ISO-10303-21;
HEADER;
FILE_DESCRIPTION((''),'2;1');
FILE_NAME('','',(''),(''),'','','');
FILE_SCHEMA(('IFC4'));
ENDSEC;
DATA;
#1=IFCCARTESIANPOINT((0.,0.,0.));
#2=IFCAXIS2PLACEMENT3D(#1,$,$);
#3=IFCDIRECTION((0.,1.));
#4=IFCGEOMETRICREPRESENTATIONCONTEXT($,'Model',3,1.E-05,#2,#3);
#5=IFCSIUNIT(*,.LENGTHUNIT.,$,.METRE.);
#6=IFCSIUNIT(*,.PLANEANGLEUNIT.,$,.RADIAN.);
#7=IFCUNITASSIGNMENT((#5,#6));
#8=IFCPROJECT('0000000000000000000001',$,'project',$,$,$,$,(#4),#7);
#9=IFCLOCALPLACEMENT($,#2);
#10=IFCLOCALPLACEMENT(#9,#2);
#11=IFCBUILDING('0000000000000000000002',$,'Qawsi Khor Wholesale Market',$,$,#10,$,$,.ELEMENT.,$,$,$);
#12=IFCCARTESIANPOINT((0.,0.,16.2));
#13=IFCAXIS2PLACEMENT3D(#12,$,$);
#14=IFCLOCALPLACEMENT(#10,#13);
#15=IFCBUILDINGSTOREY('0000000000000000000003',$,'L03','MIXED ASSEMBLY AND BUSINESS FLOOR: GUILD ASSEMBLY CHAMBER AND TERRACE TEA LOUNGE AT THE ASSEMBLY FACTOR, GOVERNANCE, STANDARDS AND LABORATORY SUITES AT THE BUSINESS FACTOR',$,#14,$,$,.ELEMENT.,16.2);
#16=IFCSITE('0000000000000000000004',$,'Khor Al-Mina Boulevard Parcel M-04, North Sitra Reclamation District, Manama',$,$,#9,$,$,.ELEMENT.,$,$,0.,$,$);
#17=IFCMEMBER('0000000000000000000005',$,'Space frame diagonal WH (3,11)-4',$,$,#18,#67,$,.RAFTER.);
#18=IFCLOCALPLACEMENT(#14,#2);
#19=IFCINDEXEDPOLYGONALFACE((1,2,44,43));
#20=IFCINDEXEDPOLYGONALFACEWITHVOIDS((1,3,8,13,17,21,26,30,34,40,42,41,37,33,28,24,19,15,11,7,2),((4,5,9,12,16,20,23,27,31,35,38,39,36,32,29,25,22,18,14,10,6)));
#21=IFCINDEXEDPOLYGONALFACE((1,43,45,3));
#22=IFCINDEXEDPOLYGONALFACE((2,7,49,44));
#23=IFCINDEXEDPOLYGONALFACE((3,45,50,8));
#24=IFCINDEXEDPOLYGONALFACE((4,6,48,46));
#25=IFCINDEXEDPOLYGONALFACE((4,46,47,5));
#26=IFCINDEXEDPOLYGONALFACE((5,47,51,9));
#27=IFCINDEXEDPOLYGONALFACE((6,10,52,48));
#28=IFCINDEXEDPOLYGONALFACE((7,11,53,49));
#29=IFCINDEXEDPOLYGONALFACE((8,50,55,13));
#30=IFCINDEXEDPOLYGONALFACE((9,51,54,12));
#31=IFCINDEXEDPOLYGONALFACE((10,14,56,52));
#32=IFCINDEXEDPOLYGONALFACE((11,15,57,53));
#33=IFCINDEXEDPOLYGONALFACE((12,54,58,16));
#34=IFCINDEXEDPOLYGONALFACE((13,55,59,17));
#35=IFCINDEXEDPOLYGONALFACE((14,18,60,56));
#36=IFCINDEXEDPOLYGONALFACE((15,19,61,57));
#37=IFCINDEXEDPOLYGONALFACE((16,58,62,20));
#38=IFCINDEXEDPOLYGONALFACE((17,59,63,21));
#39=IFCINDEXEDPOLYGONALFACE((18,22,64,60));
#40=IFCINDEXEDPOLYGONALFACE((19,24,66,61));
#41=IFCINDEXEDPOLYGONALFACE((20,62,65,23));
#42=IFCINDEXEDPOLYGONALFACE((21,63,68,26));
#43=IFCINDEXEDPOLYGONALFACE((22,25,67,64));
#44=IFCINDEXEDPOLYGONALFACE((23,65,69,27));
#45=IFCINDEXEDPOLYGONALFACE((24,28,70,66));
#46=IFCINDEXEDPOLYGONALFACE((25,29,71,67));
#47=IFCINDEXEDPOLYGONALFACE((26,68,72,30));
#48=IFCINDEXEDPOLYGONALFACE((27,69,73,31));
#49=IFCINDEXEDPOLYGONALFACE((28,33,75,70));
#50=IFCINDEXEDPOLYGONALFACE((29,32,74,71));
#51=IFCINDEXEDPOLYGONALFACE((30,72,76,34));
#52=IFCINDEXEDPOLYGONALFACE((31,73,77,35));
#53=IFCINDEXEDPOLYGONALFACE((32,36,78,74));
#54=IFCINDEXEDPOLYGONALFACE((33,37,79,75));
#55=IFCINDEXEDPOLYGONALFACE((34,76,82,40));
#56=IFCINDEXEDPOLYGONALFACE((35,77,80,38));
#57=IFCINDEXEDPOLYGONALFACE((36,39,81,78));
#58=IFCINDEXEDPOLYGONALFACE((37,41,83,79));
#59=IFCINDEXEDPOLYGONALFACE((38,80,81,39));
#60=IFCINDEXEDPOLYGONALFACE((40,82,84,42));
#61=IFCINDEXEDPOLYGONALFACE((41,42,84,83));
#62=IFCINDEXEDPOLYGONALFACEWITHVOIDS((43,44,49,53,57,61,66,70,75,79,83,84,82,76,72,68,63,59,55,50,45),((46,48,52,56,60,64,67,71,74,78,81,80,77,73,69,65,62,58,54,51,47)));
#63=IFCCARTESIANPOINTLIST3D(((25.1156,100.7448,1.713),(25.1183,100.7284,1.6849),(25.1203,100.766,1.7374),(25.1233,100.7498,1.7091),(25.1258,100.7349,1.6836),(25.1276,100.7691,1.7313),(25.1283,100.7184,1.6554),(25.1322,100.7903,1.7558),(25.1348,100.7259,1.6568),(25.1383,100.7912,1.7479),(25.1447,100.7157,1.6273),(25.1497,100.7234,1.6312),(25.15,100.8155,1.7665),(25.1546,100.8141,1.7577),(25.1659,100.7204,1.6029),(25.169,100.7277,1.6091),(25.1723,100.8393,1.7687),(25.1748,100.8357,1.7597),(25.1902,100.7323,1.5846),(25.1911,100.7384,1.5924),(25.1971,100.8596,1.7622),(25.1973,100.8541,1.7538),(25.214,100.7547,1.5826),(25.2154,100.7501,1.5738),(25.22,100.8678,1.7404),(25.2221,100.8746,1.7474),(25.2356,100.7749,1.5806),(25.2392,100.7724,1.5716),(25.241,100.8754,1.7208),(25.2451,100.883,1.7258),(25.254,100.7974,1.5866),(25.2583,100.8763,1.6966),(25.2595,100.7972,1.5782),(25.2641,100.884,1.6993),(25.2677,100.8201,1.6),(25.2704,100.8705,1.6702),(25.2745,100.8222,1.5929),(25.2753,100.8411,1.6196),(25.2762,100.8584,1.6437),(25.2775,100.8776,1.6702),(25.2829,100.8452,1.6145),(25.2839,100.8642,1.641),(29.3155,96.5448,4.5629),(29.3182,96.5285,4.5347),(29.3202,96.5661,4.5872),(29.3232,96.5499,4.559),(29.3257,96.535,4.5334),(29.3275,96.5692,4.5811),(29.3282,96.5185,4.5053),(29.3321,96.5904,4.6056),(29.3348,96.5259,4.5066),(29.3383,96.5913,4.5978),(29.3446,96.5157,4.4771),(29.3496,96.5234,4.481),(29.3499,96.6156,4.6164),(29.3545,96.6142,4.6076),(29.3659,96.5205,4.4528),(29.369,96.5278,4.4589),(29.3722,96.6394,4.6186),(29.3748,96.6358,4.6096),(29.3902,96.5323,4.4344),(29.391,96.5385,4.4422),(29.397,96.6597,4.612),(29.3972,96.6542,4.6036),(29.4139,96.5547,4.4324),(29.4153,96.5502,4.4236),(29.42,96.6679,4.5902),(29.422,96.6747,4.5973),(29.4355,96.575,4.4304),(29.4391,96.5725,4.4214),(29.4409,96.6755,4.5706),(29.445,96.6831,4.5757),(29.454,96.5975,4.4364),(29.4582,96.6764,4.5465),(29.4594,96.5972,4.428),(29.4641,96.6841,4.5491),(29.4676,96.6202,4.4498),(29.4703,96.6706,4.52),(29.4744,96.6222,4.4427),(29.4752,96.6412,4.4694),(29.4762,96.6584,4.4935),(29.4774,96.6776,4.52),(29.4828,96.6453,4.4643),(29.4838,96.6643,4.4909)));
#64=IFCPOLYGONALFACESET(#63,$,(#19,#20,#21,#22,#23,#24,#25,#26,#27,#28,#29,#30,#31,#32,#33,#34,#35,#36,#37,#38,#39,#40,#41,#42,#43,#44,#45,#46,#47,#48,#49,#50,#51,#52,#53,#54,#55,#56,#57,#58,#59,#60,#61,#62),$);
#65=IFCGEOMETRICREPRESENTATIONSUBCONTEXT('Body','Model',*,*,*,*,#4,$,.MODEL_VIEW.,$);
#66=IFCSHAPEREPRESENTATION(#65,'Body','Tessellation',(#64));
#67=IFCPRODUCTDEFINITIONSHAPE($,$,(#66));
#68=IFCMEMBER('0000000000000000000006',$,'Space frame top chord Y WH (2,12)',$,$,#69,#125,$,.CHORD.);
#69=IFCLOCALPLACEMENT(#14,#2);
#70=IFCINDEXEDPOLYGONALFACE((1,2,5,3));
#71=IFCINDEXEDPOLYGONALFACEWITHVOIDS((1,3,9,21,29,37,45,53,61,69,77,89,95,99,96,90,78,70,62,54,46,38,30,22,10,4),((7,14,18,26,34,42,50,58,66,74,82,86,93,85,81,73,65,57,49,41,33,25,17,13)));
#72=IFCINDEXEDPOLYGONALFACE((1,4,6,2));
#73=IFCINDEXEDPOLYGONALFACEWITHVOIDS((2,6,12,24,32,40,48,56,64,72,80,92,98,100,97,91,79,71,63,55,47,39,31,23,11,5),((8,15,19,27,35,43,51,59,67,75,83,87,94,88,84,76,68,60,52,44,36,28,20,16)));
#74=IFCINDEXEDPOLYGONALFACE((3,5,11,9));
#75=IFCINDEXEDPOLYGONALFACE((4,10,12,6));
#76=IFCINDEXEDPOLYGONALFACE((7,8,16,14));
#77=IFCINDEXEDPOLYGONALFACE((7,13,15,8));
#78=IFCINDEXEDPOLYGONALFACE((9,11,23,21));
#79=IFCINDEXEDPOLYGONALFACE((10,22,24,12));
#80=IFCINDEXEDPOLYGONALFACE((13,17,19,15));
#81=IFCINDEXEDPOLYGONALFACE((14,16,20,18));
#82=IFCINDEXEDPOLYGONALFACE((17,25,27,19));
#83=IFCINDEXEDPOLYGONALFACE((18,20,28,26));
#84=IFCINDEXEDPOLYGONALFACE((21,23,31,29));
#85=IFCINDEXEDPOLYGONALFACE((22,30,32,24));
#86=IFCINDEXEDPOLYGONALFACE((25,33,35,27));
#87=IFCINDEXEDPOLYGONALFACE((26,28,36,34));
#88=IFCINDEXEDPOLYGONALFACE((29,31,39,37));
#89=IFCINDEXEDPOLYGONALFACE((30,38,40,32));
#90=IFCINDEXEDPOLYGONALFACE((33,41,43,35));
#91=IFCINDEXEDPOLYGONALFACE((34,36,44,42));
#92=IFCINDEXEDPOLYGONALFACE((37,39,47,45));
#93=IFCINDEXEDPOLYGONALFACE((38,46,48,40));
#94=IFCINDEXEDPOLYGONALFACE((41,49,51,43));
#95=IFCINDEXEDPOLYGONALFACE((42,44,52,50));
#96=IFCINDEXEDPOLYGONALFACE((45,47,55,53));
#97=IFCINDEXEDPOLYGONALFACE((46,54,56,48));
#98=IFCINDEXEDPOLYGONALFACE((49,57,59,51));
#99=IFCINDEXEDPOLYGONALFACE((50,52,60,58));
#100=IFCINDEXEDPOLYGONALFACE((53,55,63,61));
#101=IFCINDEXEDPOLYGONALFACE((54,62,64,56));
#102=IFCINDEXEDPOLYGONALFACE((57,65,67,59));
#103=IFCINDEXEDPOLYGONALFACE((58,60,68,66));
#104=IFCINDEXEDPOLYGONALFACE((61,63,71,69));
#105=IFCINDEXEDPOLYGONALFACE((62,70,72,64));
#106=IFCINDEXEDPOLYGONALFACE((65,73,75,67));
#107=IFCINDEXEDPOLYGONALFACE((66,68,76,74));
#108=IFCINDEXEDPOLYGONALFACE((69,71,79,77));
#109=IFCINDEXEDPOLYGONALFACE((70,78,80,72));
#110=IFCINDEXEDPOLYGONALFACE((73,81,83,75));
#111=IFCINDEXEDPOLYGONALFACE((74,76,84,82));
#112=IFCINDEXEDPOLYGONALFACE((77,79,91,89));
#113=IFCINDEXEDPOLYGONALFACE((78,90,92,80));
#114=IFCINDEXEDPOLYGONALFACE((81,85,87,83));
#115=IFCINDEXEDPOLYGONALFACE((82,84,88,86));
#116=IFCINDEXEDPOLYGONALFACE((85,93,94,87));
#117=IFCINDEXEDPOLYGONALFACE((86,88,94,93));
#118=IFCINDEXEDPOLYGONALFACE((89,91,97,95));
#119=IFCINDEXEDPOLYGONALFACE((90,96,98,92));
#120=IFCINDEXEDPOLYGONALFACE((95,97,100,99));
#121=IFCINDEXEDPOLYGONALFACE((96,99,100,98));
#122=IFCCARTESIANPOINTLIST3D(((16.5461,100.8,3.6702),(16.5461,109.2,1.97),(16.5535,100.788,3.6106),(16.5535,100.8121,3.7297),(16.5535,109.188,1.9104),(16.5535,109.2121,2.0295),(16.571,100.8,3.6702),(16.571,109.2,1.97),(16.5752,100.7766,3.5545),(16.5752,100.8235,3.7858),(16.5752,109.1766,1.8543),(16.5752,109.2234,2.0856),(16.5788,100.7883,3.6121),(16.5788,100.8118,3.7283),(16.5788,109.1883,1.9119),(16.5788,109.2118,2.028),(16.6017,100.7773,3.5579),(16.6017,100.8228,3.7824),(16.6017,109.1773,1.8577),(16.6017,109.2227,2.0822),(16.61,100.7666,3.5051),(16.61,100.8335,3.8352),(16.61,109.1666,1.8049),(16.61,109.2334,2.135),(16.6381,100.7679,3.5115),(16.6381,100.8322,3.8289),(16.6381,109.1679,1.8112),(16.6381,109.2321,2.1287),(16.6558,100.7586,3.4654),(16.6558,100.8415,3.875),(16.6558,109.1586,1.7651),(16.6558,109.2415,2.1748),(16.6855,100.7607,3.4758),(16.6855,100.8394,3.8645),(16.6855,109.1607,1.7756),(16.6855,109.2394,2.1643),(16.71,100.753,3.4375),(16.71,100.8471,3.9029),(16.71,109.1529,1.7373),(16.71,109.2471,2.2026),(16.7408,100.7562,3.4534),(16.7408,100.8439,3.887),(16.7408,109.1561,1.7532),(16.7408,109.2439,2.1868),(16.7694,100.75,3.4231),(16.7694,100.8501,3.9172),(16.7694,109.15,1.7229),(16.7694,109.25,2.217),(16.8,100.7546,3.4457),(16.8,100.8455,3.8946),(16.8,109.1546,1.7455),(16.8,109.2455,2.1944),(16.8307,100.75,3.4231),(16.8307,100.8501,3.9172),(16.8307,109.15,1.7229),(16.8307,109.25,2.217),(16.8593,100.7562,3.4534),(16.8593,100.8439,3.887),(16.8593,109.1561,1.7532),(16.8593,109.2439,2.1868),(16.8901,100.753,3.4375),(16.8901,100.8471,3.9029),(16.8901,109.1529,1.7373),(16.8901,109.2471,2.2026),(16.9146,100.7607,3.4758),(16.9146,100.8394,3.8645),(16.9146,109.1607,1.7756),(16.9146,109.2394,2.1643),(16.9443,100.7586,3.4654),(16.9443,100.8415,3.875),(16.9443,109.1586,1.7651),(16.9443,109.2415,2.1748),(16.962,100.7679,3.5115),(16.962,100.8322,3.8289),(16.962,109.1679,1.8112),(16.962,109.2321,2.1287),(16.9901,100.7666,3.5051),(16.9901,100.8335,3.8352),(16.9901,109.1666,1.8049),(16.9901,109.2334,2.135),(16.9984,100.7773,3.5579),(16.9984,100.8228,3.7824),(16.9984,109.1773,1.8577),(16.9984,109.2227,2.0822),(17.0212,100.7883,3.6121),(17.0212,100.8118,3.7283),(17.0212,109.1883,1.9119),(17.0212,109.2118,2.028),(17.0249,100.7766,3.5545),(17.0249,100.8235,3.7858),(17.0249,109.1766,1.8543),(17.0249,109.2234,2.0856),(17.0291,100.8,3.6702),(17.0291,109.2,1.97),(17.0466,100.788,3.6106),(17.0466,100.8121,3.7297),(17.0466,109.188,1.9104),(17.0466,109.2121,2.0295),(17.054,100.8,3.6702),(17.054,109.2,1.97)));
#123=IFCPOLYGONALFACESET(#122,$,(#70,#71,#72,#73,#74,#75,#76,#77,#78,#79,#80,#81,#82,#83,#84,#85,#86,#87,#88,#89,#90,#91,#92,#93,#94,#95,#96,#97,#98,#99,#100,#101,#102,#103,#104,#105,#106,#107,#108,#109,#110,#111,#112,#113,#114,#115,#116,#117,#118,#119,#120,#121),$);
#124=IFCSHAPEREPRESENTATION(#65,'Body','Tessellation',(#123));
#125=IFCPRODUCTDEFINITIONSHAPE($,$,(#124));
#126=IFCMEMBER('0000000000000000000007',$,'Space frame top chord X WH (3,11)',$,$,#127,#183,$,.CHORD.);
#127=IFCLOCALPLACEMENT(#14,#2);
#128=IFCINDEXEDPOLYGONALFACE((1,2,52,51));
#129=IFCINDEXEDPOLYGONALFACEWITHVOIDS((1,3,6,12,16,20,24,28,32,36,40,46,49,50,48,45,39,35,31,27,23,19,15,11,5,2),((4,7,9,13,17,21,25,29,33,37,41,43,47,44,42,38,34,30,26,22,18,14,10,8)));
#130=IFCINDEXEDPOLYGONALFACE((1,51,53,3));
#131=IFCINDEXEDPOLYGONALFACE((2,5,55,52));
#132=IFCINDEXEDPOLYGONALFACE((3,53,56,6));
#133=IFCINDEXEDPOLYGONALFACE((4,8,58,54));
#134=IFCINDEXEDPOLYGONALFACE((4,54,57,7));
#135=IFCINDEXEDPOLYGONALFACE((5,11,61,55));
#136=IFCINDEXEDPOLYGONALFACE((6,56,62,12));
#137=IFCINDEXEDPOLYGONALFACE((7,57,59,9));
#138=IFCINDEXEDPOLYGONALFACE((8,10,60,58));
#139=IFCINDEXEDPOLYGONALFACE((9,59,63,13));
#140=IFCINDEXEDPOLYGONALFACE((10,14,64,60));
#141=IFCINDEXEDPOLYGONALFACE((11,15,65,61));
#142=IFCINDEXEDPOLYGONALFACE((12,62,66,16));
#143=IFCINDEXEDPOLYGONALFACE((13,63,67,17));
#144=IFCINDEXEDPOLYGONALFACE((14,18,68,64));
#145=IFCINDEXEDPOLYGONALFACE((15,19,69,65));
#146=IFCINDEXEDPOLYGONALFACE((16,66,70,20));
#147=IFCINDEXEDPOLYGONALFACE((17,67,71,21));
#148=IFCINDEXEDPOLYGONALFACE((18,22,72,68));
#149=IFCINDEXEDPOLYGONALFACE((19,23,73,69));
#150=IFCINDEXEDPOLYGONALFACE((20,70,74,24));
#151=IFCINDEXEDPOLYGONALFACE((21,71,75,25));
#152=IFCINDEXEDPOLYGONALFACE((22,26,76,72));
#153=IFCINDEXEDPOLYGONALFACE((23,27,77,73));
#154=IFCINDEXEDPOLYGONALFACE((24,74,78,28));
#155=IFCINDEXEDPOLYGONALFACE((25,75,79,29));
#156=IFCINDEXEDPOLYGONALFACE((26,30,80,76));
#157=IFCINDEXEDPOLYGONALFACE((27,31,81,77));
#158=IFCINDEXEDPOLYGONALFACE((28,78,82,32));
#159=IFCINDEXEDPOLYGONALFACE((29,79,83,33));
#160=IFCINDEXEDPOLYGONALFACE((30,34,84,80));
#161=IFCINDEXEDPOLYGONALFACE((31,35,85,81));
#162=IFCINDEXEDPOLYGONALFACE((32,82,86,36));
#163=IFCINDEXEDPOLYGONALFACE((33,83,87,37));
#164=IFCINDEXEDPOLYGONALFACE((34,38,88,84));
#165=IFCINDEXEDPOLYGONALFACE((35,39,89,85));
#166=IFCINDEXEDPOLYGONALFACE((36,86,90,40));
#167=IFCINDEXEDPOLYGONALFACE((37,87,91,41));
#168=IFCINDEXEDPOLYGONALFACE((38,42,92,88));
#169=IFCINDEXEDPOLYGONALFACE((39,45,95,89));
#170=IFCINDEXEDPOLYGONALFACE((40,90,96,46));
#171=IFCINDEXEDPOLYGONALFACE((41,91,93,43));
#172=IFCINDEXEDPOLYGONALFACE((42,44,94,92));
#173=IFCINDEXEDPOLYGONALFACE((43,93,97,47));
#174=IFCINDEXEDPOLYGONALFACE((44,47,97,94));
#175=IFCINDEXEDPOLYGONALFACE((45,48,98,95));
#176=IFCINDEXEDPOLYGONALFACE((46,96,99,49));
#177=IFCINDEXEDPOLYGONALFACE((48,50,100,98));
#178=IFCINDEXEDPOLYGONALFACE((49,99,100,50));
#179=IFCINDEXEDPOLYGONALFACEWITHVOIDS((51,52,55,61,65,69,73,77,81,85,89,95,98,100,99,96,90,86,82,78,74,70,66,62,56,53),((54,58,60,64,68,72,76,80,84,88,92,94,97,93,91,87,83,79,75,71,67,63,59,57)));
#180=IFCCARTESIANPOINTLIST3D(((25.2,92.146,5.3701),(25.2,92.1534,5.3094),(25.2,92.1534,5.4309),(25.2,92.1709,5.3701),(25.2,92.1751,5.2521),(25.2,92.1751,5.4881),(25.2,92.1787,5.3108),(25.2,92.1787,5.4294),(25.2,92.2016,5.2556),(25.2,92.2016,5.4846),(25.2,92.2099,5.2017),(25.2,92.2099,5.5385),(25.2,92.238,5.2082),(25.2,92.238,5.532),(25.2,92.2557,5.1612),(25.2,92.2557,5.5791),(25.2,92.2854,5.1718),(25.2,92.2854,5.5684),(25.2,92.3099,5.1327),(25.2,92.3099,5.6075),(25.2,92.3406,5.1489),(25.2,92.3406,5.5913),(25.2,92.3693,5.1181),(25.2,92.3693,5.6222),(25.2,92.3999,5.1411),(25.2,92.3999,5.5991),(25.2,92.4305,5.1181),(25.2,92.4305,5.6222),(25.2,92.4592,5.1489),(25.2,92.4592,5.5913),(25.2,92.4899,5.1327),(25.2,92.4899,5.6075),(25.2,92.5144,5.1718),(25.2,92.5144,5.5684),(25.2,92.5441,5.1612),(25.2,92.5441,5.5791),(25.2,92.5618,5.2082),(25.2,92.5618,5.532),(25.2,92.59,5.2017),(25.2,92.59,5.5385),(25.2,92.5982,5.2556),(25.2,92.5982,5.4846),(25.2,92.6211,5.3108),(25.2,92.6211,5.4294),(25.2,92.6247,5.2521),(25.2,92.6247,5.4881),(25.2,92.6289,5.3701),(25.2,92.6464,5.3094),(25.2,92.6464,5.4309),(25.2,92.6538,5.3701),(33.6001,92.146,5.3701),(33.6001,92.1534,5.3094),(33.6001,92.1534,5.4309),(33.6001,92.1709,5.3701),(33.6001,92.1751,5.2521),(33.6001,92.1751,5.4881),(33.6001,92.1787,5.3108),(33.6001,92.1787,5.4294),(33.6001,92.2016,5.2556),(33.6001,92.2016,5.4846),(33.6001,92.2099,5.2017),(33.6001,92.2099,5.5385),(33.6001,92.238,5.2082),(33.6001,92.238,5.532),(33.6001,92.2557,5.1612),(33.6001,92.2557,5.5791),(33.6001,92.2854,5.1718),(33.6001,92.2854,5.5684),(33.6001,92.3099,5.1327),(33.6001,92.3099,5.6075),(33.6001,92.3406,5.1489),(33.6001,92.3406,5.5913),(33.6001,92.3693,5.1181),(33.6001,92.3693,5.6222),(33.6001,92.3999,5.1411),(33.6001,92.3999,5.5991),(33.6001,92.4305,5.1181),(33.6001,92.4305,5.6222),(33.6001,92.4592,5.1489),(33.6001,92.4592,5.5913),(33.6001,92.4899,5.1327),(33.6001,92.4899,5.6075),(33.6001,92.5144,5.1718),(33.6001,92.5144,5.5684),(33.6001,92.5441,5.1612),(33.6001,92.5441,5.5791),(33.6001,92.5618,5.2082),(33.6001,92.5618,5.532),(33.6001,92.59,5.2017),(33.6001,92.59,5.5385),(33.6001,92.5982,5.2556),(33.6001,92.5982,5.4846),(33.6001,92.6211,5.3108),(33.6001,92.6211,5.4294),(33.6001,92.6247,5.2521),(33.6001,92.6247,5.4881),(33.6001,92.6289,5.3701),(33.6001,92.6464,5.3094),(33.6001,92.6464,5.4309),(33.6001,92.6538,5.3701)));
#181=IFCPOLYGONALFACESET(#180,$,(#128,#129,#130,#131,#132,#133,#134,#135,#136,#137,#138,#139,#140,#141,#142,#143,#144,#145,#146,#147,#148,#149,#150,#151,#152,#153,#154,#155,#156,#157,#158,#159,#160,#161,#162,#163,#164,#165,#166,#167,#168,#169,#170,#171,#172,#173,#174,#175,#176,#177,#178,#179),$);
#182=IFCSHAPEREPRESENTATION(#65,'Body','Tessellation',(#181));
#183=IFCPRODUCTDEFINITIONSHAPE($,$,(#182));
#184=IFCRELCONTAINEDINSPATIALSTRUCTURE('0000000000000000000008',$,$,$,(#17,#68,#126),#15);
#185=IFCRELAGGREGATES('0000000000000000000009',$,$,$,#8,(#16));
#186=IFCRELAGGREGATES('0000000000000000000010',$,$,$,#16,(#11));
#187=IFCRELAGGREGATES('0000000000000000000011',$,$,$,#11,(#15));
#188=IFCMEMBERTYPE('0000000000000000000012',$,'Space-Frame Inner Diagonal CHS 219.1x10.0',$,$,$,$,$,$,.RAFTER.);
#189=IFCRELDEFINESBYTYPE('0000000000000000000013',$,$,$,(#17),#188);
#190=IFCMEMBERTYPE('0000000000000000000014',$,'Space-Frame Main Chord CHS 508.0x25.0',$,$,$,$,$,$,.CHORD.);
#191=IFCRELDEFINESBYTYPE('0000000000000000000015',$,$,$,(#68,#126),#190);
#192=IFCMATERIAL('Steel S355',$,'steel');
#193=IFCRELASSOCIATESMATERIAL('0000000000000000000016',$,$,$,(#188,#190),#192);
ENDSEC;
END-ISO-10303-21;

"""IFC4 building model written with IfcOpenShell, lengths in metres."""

from ifc_helpers import new_model, si_unit, direction, frame, origin, origin_2d, place, context, subcontext, project, spatial, hollow_circle, extrude, material, material_profile, profile_set, type_object, element, save


model = new_model("IFC4")

# Units and contexts
model_context = context("Model", 3, precision=1e-05, world=origin(), true_north=direction((0.0, 1.0)))
body_context = subcontext(model_context, "Body", "Model", "MODEL_VIEW")
ifc_project = project(units=[si_unit("LENGTHUNIT", "METRE"), si_unit("PLANEANGLEUNIT", "RADIAN")], contexts=[model_context])

# Site, building, storey
site_placement = place(None, origin())
site = spatial("IfcSite", under=ifc_project, at=site_placement, Name="Khor Al-Mina Boulevard Parcel M-04, North Sitra Reclamation District, Manama", CompositionType="ELEMENT", RefElevation=0.0)
building_placement = place(site_placement, origin())
building = spatial("IfcBuilding", under=site, at=building_placement, Name="Qawsi Khor Wholesale Market", CompositionType="ELEMENT")
storey_placement = place(building_placement, frame((0.0, 0.0, 16.2)))
storey = spatial("IfcBuildingStorey", under=building, at=storey_placement, Name="L03", Description="MIXED ASSEMBLY AND BUSINESS FLOOR: GUILD ASSEMBLY CHAMBER AND TERRACE TEA LOUNGE AT THE ASSEMBLY FACTOR, GOVERNANCE, STANDARDS AND LABORATORY SUITES AT THE BUSINESS FACTOR", CompositionType="ELEMENT", Elevation=16.2)

# Members
ifc_material_1 = material(Name="Steel S355", Category="steel")
ifc_material_profile_1 = material_profile(ifc_material_1, hollow_circle(Radius=0.1096, WallThickness=0.01, at=origin_2d()), Name="CHS 219.1x10.0")
ifc_profile_set_1 = profile_set([ifc_material_profile_1], Name="Steel S355")
member_type_1 = type_object("IfcMemberType", Name="Space-Frame Inner Diagonal CHS 219.1x10.0", PredefinedType="RAFTER", material=ifc_profile_set_1)
member_1_placement = place(storey_placement, frame((25.2, 100.8, 1.6702), z_axis=(0.637522, -0.637522, 0.432587), x_axis=(0.707107, 0.707107, 0.0)))
element("IfcMember", 1, at=member_1_placement, inside=storey, type_object=member_type_1, Name="Space frame diagonal WH (3,11)-4", PredefinedType="RAFTER", context=body_context, shape_type="SweptSolid", body=[
    extrude(hollow_circle(Radius=0.1096, WallThickness=0.01, at=origin_2d()), origin(), (0.0, 0.0, 1.0), 6.5879),
])
ifc_material_profile_2 = material_profile(ifc_material_1, hollow_circle(Radius=0.2539, WallThickness=0.0249, at=origin_2d()), Name="CHS 508.0x25.0")
ifc_profile_set_2 = profile_set([ifc_material_profile_2], Name="Steel S355")
member_type_2 = type_object("IfcMemberType", Name="Space-Frame Main Chord CHS 508.0x25.0", PredefinedType="CHORD", material=ifc_profile_set_2)
member_2_placement = place(storey_placement, frame((16.8, 100.8, 3.6702), z_axis=(0.0, 0.980124, -0.198384), x_axis=(-1.0, 0.0, 0.0)))
element("IfcMember", 2, at=member_2_placement, inside=storey, type_object=member_type_2, Name="Space frame top chord Y WH (2,12)", PredefinedType="CHORD", context=body_context, shape_type="SweptSolid", body=[
    extrude(hollow_circle(Radius=0.2539, WallThickness=0.0249, at=origin_2d()), origin(), (0.0, 0.0, 1.0), 8.5703),
])
member_3_placement = place(storey_placement, frame((25.2, 92.3999, 5.3701), z_axis=(1.0, 0.0, 0.0), x_axis=(0.0, 1.0, 0.0)))
element("IfcMember", 3, at=member_3_placement, inside=storey, type_object=member_type_2, Name="Space frame top chord X WH (3,11)", PredefinedType="CHORD", context=body_context, shape_type="SweptSolid", body=[
    extrude(hollow_circle(Radius=0.2539, WallThickness=0.0249, at=origin_2d()), origin(), (0.0, 0.0, 1.0), 8.4001),
])

save(model, "model.ifc")
